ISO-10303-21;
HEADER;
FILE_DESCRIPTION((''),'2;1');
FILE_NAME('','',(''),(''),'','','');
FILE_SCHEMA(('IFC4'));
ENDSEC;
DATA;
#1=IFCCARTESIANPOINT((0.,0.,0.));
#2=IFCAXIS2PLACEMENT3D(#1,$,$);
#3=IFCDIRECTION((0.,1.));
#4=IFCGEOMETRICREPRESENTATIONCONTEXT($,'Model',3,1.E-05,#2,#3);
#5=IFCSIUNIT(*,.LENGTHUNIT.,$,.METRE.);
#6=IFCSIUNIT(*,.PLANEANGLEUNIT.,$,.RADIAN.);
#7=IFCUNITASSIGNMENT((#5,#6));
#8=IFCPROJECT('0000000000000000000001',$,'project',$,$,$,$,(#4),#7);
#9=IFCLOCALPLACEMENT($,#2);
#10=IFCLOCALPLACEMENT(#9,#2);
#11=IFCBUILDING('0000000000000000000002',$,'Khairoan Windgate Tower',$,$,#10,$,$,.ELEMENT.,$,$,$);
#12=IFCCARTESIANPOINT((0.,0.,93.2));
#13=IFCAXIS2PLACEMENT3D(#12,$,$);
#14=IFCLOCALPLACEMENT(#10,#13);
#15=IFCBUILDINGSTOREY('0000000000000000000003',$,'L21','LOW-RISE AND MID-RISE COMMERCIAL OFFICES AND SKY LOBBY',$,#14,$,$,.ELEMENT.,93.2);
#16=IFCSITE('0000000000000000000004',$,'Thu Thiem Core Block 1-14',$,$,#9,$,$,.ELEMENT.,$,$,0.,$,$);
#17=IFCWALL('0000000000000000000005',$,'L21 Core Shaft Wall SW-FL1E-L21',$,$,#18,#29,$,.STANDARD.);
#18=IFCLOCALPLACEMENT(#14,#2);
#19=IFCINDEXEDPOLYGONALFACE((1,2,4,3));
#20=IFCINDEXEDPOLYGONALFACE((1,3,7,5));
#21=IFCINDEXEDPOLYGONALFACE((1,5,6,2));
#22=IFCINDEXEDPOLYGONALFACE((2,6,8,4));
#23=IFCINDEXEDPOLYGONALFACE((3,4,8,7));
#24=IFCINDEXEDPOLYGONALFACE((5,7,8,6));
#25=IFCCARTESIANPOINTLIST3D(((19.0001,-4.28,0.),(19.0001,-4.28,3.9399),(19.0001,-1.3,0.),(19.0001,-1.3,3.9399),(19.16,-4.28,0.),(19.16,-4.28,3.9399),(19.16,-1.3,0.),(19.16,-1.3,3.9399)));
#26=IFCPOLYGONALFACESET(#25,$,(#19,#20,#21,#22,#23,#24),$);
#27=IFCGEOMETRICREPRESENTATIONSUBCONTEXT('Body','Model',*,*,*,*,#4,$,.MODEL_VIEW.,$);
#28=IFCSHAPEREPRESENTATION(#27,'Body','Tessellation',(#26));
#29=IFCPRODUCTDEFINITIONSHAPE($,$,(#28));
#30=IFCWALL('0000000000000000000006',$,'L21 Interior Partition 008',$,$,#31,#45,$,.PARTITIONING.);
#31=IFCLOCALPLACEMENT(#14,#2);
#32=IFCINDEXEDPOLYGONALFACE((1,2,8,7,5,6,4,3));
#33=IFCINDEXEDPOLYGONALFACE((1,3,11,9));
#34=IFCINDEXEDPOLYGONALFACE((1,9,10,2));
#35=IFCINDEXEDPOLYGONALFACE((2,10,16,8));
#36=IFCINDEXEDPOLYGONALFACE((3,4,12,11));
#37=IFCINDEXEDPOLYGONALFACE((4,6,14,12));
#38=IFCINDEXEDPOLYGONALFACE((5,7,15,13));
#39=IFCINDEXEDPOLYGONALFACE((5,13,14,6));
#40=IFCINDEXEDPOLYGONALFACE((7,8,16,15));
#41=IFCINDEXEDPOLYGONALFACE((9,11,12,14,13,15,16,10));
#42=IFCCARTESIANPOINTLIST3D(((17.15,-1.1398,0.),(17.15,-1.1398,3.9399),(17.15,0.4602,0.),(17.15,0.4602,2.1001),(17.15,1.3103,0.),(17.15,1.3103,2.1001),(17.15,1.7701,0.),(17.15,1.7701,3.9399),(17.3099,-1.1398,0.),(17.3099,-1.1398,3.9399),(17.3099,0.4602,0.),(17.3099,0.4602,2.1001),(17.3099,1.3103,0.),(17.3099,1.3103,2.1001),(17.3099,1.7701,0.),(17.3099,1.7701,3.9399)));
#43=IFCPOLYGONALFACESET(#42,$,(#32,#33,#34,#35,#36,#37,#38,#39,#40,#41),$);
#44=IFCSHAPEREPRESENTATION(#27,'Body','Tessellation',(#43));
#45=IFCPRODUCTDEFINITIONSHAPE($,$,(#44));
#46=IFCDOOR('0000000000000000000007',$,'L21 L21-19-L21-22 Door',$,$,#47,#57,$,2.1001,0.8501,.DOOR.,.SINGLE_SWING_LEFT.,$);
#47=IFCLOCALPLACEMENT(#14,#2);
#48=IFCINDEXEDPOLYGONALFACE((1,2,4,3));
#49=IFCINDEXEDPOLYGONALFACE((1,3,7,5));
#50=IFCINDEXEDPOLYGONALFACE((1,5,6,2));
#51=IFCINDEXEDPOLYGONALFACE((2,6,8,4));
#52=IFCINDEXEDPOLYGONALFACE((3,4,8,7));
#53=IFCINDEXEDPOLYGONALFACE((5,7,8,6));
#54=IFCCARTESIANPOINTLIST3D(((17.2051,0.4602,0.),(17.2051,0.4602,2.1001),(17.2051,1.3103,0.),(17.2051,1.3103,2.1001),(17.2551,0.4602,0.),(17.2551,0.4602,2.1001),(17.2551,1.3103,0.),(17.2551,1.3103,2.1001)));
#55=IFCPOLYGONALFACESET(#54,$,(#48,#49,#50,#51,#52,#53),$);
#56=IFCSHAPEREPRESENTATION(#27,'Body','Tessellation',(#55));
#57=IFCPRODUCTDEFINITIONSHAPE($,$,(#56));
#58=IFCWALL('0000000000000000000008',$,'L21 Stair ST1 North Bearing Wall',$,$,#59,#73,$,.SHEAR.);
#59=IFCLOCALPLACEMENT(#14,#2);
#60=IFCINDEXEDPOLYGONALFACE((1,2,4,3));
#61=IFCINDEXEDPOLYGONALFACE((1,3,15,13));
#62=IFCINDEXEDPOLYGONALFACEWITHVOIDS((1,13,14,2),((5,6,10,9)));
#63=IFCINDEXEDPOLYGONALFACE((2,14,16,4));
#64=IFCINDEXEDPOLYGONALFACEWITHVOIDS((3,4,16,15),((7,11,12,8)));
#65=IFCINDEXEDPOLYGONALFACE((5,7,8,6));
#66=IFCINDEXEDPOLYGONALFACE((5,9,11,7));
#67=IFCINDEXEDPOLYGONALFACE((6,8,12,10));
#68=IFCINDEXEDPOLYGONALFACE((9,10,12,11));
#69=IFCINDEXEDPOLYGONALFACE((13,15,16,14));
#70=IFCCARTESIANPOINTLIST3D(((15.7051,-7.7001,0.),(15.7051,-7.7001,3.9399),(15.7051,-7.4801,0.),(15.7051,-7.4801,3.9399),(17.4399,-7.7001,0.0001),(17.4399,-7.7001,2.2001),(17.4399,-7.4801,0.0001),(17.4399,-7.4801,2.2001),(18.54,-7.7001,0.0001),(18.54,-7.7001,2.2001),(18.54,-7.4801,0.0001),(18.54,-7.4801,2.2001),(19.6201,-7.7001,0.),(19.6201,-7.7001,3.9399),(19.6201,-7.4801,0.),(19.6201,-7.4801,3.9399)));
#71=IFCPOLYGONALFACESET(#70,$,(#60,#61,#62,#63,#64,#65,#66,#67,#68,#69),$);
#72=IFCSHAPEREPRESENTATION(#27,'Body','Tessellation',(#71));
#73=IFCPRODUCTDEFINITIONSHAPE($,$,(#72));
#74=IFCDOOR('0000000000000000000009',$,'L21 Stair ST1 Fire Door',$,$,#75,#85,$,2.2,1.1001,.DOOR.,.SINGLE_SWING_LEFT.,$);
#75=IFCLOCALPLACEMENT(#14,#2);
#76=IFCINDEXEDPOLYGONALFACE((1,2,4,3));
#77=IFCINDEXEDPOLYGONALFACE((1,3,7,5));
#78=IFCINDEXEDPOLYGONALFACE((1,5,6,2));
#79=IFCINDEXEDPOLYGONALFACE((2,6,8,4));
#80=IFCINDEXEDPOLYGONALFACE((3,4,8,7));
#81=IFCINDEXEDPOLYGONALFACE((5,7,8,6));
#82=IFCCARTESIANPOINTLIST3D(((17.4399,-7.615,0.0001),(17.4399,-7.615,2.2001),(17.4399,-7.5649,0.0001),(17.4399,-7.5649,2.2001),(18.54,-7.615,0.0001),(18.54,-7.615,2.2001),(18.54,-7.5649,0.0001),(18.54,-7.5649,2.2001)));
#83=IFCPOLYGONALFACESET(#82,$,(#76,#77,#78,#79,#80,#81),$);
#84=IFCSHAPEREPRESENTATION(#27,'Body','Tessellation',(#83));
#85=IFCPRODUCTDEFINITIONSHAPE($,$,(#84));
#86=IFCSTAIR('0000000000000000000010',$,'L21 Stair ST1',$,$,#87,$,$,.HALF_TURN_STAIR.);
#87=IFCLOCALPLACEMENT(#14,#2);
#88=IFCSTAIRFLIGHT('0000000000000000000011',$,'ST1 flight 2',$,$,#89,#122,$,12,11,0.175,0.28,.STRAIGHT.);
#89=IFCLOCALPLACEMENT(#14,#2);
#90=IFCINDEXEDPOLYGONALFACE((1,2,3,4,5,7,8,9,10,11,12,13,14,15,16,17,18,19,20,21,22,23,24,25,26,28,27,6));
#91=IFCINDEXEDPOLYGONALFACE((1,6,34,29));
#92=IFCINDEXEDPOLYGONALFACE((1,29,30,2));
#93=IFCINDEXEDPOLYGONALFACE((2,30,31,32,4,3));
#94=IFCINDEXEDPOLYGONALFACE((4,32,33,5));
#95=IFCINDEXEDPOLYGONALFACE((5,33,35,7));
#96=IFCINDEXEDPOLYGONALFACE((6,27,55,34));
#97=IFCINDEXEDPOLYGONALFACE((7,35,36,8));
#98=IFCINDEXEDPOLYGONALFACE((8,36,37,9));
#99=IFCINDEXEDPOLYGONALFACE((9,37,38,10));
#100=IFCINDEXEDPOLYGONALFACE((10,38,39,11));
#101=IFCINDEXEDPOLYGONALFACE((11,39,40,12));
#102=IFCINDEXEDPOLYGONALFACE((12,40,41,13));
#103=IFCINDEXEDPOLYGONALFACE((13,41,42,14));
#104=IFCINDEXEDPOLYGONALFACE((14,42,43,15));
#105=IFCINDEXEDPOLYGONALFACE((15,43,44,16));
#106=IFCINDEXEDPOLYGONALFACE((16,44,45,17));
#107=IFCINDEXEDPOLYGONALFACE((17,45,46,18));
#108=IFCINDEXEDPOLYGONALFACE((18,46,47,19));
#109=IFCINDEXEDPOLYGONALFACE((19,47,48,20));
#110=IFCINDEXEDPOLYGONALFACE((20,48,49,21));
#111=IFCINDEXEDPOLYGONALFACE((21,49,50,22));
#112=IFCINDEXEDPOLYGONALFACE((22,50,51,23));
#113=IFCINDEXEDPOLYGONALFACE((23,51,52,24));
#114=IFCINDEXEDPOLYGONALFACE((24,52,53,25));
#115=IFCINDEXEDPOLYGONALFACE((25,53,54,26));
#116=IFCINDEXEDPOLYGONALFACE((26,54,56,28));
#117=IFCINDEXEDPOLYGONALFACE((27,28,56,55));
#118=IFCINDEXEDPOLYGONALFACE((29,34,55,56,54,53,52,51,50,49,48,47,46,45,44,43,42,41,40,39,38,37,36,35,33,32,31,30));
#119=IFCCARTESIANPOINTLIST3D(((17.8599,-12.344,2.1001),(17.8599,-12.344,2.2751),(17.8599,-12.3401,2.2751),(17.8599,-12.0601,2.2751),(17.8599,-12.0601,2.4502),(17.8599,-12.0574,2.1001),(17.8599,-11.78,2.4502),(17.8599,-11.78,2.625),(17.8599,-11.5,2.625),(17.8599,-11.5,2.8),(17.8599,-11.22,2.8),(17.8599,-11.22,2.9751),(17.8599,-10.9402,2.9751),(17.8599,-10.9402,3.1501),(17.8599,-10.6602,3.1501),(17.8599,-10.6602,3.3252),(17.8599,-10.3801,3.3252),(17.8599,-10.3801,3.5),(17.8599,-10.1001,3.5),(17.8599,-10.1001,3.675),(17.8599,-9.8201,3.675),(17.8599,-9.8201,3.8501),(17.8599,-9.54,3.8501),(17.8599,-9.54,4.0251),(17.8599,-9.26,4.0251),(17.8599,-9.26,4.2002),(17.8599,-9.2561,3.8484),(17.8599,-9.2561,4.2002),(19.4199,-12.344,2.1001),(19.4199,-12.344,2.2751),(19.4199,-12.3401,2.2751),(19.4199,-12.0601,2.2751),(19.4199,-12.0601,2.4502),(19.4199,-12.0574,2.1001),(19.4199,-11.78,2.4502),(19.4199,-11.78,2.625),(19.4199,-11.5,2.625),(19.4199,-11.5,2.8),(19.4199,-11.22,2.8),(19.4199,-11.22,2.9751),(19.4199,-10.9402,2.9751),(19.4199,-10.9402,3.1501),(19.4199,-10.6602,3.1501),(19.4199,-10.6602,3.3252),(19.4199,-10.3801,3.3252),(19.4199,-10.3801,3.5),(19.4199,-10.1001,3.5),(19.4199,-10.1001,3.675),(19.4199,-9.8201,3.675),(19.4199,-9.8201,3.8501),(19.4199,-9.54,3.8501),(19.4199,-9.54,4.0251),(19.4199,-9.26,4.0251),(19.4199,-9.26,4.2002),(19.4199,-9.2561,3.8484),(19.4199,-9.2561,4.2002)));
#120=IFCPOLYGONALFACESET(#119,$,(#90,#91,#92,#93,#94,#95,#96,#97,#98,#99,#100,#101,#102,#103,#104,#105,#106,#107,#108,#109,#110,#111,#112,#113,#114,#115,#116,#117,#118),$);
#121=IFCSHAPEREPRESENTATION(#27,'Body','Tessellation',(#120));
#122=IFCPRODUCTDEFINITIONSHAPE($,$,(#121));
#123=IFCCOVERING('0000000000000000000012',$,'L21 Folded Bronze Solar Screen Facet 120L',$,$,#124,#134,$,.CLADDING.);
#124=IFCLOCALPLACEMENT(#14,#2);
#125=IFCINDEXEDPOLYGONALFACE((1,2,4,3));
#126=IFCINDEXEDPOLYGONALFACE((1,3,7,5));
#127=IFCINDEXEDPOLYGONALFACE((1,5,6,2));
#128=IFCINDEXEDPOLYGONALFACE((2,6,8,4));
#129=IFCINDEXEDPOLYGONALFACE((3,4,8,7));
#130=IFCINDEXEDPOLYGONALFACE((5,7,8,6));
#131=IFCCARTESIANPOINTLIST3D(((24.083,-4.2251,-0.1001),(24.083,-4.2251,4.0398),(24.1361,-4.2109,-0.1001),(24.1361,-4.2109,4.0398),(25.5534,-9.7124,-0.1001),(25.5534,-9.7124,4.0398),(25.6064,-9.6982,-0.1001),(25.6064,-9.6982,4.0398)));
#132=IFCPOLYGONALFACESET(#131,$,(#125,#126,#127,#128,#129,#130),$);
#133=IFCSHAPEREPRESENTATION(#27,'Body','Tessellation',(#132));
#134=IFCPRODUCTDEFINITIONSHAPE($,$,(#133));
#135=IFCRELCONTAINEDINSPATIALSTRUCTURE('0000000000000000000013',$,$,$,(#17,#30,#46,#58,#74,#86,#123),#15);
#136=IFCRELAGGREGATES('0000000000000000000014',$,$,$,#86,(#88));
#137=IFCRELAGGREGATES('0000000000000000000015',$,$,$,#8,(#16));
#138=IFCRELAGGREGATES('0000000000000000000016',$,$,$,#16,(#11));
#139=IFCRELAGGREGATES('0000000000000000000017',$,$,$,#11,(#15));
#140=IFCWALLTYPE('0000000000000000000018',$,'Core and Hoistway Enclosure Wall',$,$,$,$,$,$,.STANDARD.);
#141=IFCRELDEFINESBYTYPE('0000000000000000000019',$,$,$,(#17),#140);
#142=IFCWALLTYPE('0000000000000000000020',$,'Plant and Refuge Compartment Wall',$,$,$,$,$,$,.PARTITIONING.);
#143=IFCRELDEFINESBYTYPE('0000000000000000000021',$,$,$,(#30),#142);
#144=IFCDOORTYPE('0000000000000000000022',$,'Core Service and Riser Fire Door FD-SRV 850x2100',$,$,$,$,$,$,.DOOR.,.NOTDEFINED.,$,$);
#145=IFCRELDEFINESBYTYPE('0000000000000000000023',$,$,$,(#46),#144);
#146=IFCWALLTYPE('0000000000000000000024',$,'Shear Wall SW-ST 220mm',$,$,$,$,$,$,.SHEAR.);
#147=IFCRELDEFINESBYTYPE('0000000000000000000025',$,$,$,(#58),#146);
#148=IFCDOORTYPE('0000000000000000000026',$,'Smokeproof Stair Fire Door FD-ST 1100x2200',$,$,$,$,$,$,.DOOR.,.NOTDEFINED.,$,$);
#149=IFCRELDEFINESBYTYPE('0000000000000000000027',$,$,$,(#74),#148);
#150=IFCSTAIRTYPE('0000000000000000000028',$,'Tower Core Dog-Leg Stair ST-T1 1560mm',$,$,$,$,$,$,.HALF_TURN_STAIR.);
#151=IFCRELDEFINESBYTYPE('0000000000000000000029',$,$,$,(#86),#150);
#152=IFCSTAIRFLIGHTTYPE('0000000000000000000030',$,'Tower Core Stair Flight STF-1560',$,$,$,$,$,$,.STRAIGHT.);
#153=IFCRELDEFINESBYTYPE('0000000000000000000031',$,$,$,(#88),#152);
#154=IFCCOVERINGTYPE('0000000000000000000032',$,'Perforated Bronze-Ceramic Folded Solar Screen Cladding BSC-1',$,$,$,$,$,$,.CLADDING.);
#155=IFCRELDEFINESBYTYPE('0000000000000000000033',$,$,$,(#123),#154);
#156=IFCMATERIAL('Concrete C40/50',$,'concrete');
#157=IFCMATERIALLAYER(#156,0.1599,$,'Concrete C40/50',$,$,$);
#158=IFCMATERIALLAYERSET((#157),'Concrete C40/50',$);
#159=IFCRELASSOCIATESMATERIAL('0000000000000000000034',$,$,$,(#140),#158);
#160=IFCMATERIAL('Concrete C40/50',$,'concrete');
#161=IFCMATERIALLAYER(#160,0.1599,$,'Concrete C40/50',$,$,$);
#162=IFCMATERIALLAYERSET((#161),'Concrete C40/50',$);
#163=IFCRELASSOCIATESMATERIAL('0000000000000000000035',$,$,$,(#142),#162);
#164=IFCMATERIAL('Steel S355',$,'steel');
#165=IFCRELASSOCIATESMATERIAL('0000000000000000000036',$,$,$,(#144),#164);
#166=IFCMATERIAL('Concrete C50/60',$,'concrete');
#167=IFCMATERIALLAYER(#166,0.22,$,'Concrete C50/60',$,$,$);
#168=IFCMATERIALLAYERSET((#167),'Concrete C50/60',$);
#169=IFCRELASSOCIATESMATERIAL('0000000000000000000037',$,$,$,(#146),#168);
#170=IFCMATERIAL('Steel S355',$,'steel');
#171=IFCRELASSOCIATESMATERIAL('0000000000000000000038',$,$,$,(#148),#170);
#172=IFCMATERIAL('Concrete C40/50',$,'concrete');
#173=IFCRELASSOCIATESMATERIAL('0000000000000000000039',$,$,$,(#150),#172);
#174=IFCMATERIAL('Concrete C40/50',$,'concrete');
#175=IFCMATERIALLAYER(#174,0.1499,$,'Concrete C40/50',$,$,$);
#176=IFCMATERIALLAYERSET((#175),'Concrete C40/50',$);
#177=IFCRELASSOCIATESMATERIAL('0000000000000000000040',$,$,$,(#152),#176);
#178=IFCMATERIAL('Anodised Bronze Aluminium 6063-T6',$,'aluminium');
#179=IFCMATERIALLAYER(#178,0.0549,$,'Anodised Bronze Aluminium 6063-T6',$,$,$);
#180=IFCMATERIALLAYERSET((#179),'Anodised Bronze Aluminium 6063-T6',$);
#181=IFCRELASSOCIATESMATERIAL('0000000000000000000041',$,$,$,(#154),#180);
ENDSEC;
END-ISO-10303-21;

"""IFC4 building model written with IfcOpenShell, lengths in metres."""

from ifc_helpers import new_model, si_unit, direction, frame, frame_2d, origin, origin_2d, place, context, subcontext, project, spatial, polyline, rectangle, outline, extrude, material, layer, layer_set, type_object, element, fill, aggregate, save


model = new_model("IFC4")

# Units and contexts
model_context = context("Model", 3, precision=1e-05, world=origin(), true_north=direction((0.0, 1.0)))
body_context = subcontext(model_context, "Body", "Model", "MODEL_VIEW")
ifc_project = project(units=[si_unit("LENGTHUNIT", "METRE"), si_unit("PLANEANGLEUNIT", "RADIAN")], contexts=[model_context])

# Site, building, storey
site_placement = place(None, origin())
site = spatial("IfcSite", under=ifc_project, at=site_placement, Name="Thu Thiem Core Block 1-14", CompositionType="ELEMENT", RefElevation=0.0)
building_placement = place(site_placement, origin())
building = spatial("IfcBuilding", under=site, at=building_placement, Name="Khairoan Windgate Tower", CompositionType="ELEMENT")
storey_placement = place(building_placement, frame((0.0, 0.0, 93.2)))
storey = spatial("IfcBuildingStorey", under=building, at=storey_placement, Name="L21", Description="LOW-RISE AND MID-RISE COMMERCIAL OFFICES AND SKY LOBBY", CompositionType="ELEMENT", Elevation=93.2)

# Wall
ifc_material_1 = material(Name="Concrete C40/50", Category="concrete")
ifc_layer_1 = layer(ifc_material_1, 0.1599, Name="Concrete C40/50")
ifc_layer_set_1 = layer_set([ifc_layer_1], Name="Concrete C40/50")
wall_type_1 = type_object("IfcWallType", Name="Core and Hoistway Enclosure Wall", PredefinedType="STANDARD", material=ifc_layer_set_1)
wall_1_placement = place(storey_placement, frame((19.0801, -4.28, 0.0), z_axis=(0.0, 0.0, 1.0), x_axis=(0.0, 1.0, 0.0)))
element("IfcWall", 1, at=wall_1_placement, inside=storey, type_object=wall_type_1, Name="L21 Core Shaft Wall SW-FL1E-L21", PredefinedType="STANDARD", context=body_context, shape_type="SweptSolid", body=[
    extrude(rectangle(XDim=2.98, YDim=0.1599, at=frame_2d((1.49, 0.0))), origin(), (0.0, 0.0, 1.0), 3.9399),
])

# Walls, openings, doors
ifc_material_2 = material(Name="Concrete C40/50", Category="concrete")
ifc_layer_2 = layer(ifc_material_2, 0.1599, Name="Concrete C40/50")
ifc_layer_set_2 = layer_set([ifc_layer_2], Name="Concrete C40/50")
wall_type_2 = type_object("IfcWallType", Name="Plant and Refuge Compartment Wall", PredefinedType="PARTITIONING", material=ifc_layer_set_2)
wall_2_placement = place(storey_placement, frame((17.23, -1.1399, 0.0), z_axis=(0.0, 0.0, 1.0), x_axis=(0.0, 1.0, 0.0)))
wall_2 = element("IfcWall", 2, at=wall_2_placement, inside=storey, type_object=wall_type_2, Name="L21 Interior Partition 008", PredefinedType="PARTITIONING", context=body_context, shape_type="SweptSolid", body=[
    extrude(rectangle(XDim=2.9099, YDim=0.1599, at=frame_2d((1.4551, 0.0))), origin(), (0.0, 0.0, 1.0), 3.9399),
])
opening_1_placement = place(wall_2_placement, frame((1.6001, 0.0, 0.0)))
opening_1 = element("IfcOpeningElement", 3, at=opening_1_placement, cuts=wall_2, PredefinedType="OPENING", context=body_context, shape_type="SweptSolid", body=[
    extrude(rectangle(XDim=0.8501, YDim=2.1001, at=frame_2d((0.425, 1.05))), frame((0.0, 0.0898, 0.0), z_axis=(0.0, -1.0, 0.0), x_axis=(1.0, 0.0, 0.0)), (0.0, 0.0, 1.0), 0.1799),
])
ifc_material_3 = material(Name="Steel S355", Category="steel")
door_type_1 = type_object("IfcDoorType", Name="Core Service and Riser Fire Door FD-SRV 850x2100", OperationType="NOTDEFINED", PredefinedType="DOOR", material=ifc_material_3)
door_1_placement = place(opening_1_placement, origin())
door_1 = element("IfcDoor", 4, at=door_1_placement, inside=storey, type_object=door_type_1, Name="L21 L21-19-L21-22 Door", OperationType="SINGLE_SWING_LEFT", OverallHeight=2.1001, OverallWidth=0.8501, PredefinedType="DOOR", context=body_context, shape_type="SweptSolid", body=[
    extrude(rectangle(XDim=0.8501, YDim=2.1001, at=frame_2d((0.425, 1.05))), frame((0.0, 0.0249, 0.0), z_axis=(0.0, -1.0, 0.0), x_axis=(1.0, 0.0, 0.0)), (0.0, 0.0, 1.0), 0.05),
])
fill(opening_1, door_1)
ifc_material_4 = material(Name="Concrete C50/60", Category="concrete")
ifc_layer_3 = layer(ifc_material_4, 0.22, Name="Concrete C50/60")
ifc_layer_set_3 = layer_set([ifc_layer_3], Name="Concrete C50/60")
wall_type_3 = type_object("IfcWallType", Name="Shear Wall SW-ST 220mm", PredefinedType="SHEAR", material=ifc_layer_set_3)
wall_3_placement = place(storey_placement, frame((19.6201, -7.5901, 0.0), z_axis=(0.0, 0.0, 1.0), x_axis=(-1.0, 0.0, 0.0)))
wall_3 = element("IfcWall", 5, at=wall_3_placement, inside=storey, type_object=wall_type_3, Name="L21 Stair ST1 North Bearing Wall", PredefinedType="SHEAR", context=body_context, shape_type="SweptSolid", body=[
    extrude(rectangle(XDim=3.915, YDim=0.22, at=frame_2d((1.9575, 0.0))), origin(), (0.0, 0.0, 1.0), 3.9399),
])
opening_2_placement = place(wall_3_placement, frame((1.0801, 0.0, 0.0)))
opening_2 = element("IfcOpeningElement", 6, at=opening_2_placement, cuts=wall_3, PredefinedType="OPENING", context=body_context, shape_type="SweptSolid", body=[
    extrude(rectangle(XDim=1.1001, YDim=2.2, at=frame_2d((0.55, 1.1001))), frame((0.0, 0.1199, 0.0), z_axis=(0.0, -1.0, 0.0), x_axis=(1.0, 0.0, 0.0)), (0.0, 0.0, 1.0), 0.24),
])
ifc_material_5 = material(Name="Steel S355", Category="steel")
door_type_2 = type_object("IfcDoorType", Name="Smokeproof Stair Fire Door FD-ST 1100x2200", OperationType="NOTDEFINED", PredefinedType="DOOR", material=ifc_material_5)
door_2_placement = place(opening_2_placement, origin())
door_2 = element("IfcDoor", 7, at=door_2_placement, inside=storey, type_object=door_type_2, Name="L21 Stair ST1 Fire Door", OperationType="SINGLE_SWING_LEFT", OverallHeight=2.2, OverallWidth=1.1001, PredefinedType="DOOR", context=body_context, shape_type="SweptSolid", body=[
    extrude(rectangle(XDim=1.1001, YDim=2.2, at=frame_2d((0.55, 1.1001))), frame((0.0, 0.0249, 0.0), z_axis=(0.0, -1.0, 0.0), x_axis=(1.0, 0.0, 0.0)), (0.0, 0.0, 1.0), 0.05),
])
fill(opening_2, door_2)

# Stair, stair flight
ifc_material_6 = material(Name="Concrete C40/50", Category="concrete")
stair_type = type_object("IfcStairType", Name="Tower Core Dog-Leg Stair ST-T1 1560mm", PredefinedType="HALF_TURN_STAIR", material=ifc_material_6)
stair_placement = place(storey_placement, origin())
stair = element("IfcStair", 8, at=stair_placement, inside=storey, type_object=stair_type, Name="L21 Stair ST1", PredefinedType="HALF_TURN_STAIR")
ifc_material_7 = material(Name="Concrete C40/50", Category="concrete")
ifc_layer_4 = layer(ifc_material_7, 0.1499, Name="Concrete C40/50")
ifc_layer_set_4 = layer_set([ifc_layer_4], Name="Concrete C40/50")
stair_flight_type = type_object("IfcStairFlightType", Name="Tower Core Stair Flight STF-1560", PredefinedType="STRAIGHT", material=ifc_layer_set_4)
stair_flight_placement = place(storey_placement, frame((18.6399, -12.3401, 2.1001), z_axis=(0.0, 0.0, 1.0), x_axis=(0.0, 1.0, 0.0)))
stair_flight = element("IfcStairFlight", 9, at=stair_flight_placement, type_object=stair_flight_type, Name="ST1 flight 2", NumberOfRisers=12, NumberOfTreads=11, PredefinedType="STRAIGHT", RiserHeight=0.175, TreadLength=0.28, context=body_context, shape_type="SweptSolid", body=[
    extrude(outline(polyline([(-0.0039, 0.0), (-0.0039, 0.175), (0.0, 0.175), (0.28, 0.175), (0.28, 0.3501), (0.5601, 0.3501), (0.5601, 0.5249), (0.8401, 0.5249), (0.8401, 0.7), (1.1201, 0.7), (1.1201, 0.875), (1.3999, 0.875), (1.3999, 1.05), (1.6799, 1.05), (1.6799, 1.2251), (1.96, 1.2251), (1.96, 1.3999), (2.24, 1.3999), (2.24, 1.575), (2.52, 1.575), (2.52, 1.75), (2.8, 1.75), (2.8, 1.925), (3.0801, 1.925), (3.0801, 2.1001), (3.084, 2.1001), (3.084, 1.7483), (0.2827, 0.0), (-0.0039, 0.0)])), frame((0.0, 0.78, 0.0), z_axis=(0.0, -1.0, 0.0), x_axis=(1.0, 0.0, 0.0)), (0.0, 0.0, 1.0), 1.5601),
])
aggregate(stair, [stair_flight])

# Covering
ifc_material_8 = material(Name="Anodised Bronze Aluminium 6063-T6", Category="aluminium")
ifc_layer_5 = layer(ifc_material_8, 0.0549, Name="Anodised Bronze Aluminium 6063-T6")
ifc_layer_set_5 = layer_set([ifc_layer_5], Name="Anodised Bronze Aluminium 6063-T6")
covering_type = type_object("IfcCoveringType", Name="Perforated Bronze-Ceramic Folded Solar Screen Cladding BSC-1", PredefinedType="CLADDING", material=ifc_layer_set_5)
covering_placement = place(storey_placement, frame((24.8447, -6.9617, -0.1001), z_axis=(0.0, 0.0, 1.0), x_axis=(0.258819, -0.965926, 0.0)))
element("IfcCovering", 10, at=covering_placement, inside=storey, type_object=covering_type, Name="L21 Folded Bronze Solar Screen Facet 120L", PredefinedType="CLADDING", context=body_context, shape_type="SweptSolid", body=[
    extrude(rectangle(XDim=5.6809, YDim=0.0549, at=origin_2d()), origin(), (0.0, 0.0, 1.0), 4.1399),
])

save(model, "model.ifc")
